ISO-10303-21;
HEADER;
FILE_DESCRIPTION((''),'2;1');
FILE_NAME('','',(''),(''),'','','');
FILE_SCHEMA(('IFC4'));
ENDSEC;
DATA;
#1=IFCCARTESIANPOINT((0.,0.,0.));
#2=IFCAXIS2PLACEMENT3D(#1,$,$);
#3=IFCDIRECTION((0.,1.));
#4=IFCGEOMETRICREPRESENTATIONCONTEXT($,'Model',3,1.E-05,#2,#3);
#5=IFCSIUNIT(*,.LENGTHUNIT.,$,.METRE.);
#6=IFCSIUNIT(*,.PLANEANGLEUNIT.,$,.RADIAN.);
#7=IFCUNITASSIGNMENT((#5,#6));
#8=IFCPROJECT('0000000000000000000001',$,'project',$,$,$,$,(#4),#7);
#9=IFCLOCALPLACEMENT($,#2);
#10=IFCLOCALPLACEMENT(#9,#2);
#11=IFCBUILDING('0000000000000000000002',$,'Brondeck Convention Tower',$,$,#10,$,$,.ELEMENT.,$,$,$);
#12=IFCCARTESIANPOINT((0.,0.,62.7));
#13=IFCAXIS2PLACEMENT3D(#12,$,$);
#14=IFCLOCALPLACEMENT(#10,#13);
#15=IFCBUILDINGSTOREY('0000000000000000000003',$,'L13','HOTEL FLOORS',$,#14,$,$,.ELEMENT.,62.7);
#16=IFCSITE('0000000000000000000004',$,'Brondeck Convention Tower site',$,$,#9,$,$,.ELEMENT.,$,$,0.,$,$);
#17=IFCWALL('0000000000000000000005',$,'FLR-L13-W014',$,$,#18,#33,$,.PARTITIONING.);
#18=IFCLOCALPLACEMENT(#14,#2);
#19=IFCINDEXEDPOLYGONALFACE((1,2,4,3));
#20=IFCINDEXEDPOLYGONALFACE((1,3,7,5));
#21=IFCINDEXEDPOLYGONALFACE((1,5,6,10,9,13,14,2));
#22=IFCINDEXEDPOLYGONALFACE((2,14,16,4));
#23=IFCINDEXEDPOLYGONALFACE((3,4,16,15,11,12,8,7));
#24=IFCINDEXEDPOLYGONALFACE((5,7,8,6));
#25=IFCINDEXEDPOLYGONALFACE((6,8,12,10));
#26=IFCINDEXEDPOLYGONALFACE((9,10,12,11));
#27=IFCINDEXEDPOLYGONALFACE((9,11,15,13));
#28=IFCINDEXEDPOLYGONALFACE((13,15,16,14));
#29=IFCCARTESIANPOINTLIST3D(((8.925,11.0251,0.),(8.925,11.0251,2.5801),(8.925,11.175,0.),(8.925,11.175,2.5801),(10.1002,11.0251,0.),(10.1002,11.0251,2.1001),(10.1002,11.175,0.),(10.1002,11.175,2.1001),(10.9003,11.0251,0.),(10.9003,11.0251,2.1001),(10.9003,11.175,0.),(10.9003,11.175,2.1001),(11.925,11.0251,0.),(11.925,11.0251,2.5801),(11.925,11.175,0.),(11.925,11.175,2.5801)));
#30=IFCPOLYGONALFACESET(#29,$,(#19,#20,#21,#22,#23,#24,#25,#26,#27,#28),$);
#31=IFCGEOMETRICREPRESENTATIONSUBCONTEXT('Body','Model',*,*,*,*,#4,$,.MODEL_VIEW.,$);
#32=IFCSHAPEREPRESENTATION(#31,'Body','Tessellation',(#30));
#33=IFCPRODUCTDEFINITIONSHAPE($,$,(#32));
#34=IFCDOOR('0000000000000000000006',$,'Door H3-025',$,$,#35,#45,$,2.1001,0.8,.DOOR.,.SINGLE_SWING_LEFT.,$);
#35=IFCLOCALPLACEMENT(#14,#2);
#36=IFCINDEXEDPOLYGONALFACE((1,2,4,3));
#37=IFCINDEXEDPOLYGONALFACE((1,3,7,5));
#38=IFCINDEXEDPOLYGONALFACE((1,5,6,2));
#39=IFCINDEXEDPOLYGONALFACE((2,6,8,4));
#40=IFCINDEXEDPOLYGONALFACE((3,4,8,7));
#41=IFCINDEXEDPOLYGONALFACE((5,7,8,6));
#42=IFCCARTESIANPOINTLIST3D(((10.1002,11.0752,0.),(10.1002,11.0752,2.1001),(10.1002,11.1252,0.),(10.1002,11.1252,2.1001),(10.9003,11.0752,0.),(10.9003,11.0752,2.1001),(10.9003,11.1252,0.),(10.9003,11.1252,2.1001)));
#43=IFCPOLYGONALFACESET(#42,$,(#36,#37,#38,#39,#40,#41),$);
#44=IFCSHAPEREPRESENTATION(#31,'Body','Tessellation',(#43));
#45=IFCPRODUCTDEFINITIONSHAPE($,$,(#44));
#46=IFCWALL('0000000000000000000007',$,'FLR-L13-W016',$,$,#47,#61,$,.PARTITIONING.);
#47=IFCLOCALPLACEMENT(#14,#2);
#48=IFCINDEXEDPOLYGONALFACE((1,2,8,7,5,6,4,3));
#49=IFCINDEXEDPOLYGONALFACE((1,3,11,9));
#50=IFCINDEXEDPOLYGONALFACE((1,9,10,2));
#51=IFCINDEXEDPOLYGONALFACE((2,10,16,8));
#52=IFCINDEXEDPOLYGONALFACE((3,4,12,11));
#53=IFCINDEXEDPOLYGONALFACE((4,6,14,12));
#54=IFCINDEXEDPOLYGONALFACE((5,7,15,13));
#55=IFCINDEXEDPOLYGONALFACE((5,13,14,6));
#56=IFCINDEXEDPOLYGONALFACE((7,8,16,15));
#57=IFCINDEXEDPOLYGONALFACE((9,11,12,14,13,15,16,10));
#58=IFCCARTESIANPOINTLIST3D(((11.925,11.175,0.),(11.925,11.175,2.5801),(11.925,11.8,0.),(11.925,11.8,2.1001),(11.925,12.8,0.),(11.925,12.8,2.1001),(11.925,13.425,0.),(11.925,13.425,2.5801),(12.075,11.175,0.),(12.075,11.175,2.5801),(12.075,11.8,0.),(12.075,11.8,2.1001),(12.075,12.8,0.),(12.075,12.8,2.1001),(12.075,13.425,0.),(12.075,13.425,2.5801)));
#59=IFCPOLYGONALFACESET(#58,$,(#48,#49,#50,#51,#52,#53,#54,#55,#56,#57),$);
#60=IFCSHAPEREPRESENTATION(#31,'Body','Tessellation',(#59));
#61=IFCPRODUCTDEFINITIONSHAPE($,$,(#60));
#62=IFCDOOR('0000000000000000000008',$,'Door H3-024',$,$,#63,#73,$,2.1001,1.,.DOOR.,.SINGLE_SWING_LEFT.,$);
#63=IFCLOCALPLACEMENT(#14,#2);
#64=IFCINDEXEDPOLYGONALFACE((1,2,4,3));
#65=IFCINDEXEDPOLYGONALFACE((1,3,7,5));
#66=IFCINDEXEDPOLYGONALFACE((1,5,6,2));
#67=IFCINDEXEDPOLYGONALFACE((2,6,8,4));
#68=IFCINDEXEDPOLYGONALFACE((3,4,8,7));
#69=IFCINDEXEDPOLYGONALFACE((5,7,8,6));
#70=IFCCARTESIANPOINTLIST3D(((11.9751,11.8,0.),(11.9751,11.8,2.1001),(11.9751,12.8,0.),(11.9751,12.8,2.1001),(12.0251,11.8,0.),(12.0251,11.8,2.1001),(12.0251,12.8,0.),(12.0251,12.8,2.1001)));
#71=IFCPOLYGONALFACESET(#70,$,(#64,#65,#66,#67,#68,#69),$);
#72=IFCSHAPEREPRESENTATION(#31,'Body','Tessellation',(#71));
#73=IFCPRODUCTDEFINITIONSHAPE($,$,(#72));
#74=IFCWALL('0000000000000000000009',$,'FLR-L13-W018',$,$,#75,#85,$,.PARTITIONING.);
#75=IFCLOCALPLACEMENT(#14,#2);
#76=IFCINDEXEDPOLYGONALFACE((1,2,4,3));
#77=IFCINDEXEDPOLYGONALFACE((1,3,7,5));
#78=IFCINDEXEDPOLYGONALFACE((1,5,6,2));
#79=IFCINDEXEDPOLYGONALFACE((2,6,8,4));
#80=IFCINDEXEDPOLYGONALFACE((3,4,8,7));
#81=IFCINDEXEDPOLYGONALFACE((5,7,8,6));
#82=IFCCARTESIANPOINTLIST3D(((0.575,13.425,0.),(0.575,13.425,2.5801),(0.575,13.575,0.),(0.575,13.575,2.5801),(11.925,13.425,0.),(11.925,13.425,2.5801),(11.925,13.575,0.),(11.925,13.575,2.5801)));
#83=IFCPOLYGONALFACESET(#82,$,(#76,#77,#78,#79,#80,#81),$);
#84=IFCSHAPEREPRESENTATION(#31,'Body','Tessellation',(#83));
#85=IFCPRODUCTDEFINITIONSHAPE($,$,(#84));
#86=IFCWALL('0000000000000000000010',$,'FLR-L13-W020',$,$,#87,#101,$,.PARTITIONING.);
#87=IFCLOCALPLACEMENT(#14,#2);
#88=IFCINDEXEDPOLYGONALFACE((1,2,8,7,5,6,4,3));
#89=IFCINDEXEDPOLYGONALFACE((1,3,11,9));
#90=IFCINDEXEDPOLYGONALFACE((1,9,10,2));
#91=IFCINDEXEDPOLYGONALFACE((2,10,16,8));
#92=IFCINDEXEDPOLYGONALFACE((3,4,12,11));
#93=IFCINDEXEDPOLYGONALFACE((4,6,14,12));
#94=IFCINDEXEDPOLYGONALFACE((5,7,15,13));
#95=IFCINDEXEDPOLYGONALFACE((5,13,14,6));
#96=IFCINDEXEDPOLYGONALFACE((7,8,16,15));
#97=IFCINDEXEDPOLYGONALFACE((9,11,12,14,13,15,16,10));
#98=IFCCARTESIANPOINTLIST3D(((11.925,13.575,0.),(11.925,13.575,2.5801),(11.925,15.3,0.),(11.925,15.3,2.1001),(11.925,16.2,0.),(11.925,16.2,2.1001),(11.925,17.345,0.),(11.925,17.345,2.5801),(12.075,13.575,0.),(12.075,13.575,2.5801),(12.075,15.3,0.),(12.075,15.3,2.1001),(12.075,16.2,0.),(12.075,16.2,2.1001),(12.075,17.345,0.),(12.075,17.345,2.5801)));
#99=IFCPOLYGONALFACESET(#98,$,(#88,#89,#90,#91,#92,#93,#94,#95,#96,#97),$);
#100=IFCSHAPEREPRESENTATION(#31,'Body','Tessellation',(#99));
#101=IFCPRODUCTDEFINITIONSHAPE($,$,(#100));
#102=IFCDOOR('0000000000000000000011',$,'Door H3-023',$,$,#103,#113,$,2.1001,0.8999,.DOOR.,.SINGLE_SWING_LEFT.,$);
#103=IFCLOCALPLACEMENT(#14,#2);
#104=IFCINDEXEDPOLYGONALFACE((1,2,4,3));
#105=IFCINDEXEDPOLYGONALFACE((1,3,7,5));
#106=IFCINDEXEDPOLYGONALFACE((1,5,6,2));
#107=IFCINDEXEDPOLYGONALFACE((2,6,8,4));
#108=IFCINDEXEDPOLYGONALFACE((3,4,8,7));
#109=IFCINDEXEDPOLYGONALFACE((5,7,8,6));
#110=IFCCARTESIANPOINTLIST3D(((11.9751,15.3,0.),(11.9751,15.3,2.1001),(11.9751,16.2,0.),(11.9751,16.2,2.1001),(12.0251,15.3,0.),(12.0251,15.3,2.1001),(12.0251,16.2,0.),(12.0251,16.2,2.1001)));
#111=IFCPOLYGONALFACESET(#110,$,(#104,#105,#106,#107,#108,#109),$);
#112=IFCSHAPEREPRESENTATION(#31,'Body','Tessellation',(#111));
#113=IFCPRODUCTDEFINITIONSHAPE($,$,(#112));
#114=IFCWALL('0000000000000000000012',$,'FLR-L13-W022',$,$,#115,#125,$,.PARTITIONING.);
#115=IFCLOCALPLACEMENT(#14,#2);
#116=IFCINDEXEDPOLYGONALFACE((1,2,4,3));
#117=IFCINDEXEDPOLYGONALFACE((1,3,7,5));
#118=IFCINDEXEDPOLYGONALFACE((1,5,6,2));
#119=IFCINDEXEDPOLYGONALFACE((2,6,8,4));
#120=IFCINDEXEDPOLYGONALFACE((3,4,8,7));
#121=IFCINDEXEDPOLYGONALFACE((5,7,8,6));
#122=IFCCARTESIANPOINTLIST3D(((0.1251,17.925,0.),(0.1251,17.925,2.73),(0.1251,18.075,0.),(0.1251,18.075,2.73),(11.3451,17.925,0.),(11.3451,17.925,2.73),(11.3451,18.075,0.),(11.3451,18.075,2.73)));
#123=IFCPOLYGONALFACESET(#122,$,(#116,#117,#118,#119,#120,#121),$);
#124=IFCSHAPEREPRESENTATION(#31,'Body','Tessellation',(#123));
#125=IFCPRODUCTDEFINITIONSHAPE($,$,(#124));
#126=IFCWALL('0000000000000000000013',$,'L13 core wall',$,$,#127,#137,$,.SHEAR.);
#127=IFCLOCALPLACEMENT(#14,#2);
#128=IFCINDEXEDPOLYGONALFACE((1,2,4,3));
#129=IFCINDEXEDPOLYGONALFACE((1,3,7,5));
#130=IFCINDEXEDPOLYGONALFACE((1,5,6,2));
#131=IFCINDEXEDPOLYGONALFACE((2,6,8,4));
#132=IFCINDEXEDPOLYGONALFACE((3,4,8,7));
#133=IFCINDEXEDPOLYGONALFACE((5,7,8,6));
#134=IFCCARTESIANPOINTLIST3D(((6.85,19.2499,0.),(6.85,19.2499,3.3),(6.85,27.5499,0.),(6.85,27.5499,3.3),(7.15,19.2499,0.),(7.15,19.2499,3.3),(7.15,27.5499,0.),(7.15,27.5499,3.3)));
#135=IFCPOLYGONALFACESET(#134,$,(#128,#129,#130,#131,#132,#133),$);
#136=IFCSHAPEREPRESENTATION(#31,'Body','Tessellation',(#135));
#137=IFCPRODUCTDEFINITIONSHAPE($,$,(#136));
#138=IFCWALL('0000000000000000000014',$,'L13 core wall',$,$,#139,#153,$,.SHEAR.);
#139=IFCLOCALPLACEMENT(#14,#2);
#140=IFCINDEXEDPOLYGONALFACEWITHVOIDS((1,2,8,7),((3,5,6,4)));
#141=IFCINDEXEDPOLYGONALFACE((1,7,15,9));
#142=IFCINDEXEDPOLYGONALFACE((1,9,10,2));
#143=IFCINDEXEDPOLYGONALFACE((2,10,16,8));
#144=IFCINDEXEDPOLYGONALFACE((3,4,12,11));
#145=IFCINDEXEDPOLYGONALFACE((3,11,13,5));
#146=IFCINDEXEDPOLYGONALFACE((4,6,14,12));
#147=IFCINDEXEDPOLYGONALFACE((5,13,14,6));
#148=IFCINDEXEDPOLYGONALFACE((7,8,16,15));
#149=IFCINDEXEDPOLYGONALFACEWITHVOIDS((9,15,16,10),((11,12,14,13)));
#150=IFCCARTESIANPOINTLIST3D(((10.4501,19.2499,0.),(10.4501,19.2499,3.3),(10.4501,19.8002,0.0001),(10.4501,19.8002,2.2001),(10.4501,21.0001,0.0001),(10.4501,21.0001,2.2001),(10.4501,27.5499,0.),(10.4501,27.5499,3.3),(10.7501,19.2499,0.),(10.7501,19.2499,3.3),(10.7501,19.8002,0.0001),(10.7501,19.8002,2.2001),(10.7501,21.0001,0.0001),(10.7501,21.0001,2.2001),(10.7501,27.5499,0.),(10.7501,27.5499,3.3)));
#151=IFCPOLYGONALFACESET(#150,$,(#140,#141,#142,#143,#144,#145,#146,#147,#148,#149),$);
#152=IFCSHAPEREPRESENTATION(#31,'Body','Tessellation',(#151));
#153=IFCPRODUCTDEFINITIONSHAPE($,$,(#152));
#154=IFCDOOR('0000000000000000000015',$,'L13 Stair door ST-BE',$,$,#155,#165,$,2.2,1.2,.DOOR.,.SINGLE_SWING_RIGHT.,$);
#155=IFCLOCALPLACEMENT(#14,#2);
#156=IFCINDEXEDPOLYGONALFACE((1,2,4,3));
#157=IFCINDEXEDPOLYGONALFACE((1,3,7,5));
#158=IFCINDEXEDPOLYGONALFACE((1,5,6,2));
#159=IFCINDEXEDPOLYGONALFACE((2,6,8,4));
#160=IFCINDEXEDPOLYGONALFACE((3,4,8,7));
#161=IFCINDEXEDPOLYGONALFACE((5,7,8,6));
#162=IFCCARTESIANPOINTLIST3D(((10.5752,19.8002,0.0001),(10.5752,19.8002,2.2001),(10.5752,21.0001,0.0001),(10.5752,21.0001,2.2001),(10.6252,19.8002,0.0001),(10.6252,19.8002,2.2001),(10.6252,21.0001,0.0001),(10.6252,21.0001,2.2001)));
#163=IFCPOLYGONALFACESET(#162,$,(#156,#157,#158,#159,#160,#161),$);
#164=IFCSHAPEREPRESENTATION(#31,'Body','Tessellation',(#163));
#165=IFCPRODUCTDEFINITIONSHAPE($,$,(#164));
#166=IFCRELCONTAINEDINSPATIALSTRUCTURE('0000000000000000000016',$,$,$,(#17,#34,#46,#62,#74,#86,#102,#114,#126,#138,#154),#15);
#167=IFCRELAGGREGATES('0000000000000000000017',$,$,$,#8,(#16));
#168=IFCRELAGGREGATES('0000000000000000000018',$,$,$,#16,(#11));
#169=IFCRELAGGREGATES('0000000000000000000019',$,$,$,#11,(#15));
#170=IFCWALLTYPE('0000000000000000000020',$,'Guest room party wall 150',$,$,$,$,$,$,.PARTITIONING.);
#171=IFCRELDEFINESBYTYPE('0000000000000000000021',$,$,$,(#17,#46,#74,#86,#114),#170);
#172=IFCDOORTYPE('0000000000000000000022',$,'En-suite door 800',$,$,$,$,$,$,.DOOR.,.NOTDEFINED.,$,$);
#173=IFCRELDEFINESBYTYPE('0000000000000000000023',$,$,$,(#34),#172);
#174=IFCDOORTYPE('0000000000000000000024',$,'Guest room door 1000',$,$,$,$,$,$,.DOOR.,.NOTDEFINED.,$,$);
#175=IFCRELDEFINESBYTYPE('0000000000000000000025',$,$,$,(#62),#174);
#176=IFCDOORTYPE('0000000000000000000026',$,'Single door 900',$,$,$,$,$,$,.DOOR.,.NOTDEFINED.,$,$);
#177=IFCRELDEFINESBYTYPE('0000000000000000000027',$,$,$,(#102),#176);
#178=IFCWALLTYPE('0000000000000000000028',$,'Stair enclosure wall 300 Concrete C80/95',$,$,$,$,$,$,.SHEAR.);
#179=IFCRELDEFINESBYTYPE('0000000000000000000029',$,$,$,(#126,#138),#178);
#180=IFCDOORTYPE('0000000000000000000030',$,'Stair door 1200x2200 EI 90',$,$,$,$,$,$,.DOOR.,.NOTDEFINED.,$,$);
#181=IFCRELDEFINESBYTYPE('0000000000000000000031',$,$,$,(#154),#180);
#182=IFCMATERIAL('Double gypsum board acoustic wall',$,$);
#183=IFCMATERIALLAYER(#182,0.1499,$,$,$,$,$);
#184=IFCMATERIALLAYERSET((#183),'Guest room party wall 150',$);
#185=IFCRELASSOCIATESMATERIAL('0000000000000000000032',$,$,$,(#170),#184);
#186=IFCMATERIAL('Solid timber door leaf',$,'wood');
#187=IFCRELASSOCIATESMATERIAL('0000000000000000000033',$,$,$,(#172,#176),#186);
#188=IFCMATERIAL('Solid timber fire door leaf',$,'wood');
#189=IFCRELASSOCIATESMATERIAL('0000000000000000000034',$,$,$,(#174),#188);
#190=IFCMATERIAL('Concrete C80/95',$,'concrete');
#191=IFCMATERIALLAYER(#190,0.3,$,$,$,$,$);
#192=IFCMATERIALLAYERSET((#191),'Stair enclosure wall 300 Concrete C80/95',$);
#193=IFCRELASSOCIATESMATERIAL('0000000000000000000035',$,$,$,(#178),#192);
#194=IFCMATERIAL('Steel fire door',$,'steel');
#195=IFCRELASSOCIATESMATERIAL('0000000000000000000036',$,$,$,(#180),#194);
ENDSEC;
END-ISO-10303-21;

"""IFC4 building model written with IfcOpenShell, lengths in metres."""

from ifc_helpers import new_model, si_unit, direction, frame, frame_2d, origin, place, context, subcontext, project, spatial, rectangle, extrude, material, layer, layer_set, type_object, element, fill, save


model = new_model("IFC4")

# Units and contexts
model_context = context("Model", 3, precision=1e-05, world=origin(), true_north=direction((0.0, 1.0)))
body_context = subcontext(model_context, "Body", "Model", "MODEL_VIEW")
ifc_project = project(units=[si_unit("LENGTHUNIT", "METRE"), si_unit("PLANEANGLEUNIT", "RADIAN")], contexts=[model_context])

# Site, building, storey
site_placement = place(None, origin())
site = spatial("IfcSite", under=ifc_project, at=site_placement, Name="Brondeck Convention Tower site", CompositionType="ELEMENT", RefElevation=0.0)
building_placement = place(site_placement, origin())
building = spatial("IfcBuilding", under=site, at=building_placement, Name="Brondeck Convention Tower", CompositionType="ELEMENT")
storey_placement = place(building_placement, frame((0.0, 0.0, 62.7)))
storey = spatial("IfcBuildingStorey", under=building, at=storey_placement, Name="L13", Description="HOTEL FLOORS", CompositionType="ELEMENT", Elevation=62.7)

# Shared definitions
ifc_material_1 = material(Name="Concrete C80/95", Category="concrete")

# Shared definitions
ifc_material_2 = material(Name="Double gypsum board acoustic wall")
ifc_layer_1 = layer(ifc_material_2, 0.1499)
ifc_layer_set_1 = layer_set([ifc_layer_1], Name="Guest room party wall 150")
wall_type_1 = type_object("IfcWallType", Name="Guest room party wall 150", PredefinedType="PARTITIONING", material=ifc_layer_set_1)

# Walls, openings, doors
wall_1_placement = place(storey_placement, frame((11.925, 11.1001, 0.0), z_axis=(0.0, 0.0, 1.0), x_axis=(-1.0, 0.0, 0.0)))
wall_1 = element("IfcWall", 1, at=wall_1_placement, inside=storey, type_object=wall_type_1, Name="FLR-L13-W014", PredefinedType="PARTITIONING", context=body_context, shape_type="SweptSolid", body=[
    extrude(rectangle(XDim=3.0, YDim=0.1499, at=frame_2d((1.5, 0.0))), origin(), (0.0, 0.0, 1.0), 2.5801),
])
opening_1_placement = place(wall_1_placement, frame((1.0249, 0.0, 0.0)))
opening_1 = element("IfcOpeningElement", 2, at=opening_1_placement, cuts=wall_1, PredefinedType="OPENING", context=body_context, shape_type="SweptSolid", body=[
    extrude(rectangle(XDim=0.8, YDim=2.1001, at=frame_2d((0.3999, 1.05))), frame((0.0, 0.085, 0.0), z_axis=(0.0, -1.0, 0.0), x_axis=(1.0, 0.0, 0.0)), (0.0, 0.0, 1.0), 0.1699),
])
ifc_material_3 = material(Name="Solid timber door leaf", Category="wood")
door_type_1 = type_object("IfcDoorType", Name="En-suite door 800", OperationType="NOTDEFINED", PredefinedType="DOOR", material=ifc_material_3)
door_1_placement = place(opening_1_placement, origin())
door_1 = element("IfcDoor", 3, at=door_1_placement, inside=storey, type_object=door_type_1, Name="Door H3-025", OperationType="SINGLE_SWING_LEFT", OverallHeight=2.1001, OverallWidth=0.8, PredefinedType="DOOR", context=body_context, shape_type="SweptSolid", body=[
    extrude(rectangle(XDim=0.8, YDim=2.1001, at=frame_2d((0.3999, 1.05))), frame((0.0, 0.0249, 0.0), z_axis=(0.0, -1.0, 0.0), x_axis=(1.0, 0.0, 0.0)), (0.0, 0.0, 1.0), 0.05),
])
fill(opening_1, door_1)
wall_2_placement = place(storey_placement, frame((12.0, 11.175, 0.0), z_axis=(0.0, 0.0, 1.0), x_axis=(0.0, 1.0, 0.0)))
wall_2 = element("IfcWall", 4, at=wall_2_placement, inside=storey, type_object=wall_type_1, Name="FLR-L13-W016", PredefinedType="PARTITIONING", context=body_context, shape_type="SweptSolid", body=[
    extrude(rectangle(XDim=2.25, YDim=0.1499, at=frame_2d((1.125, 0.0))), origin(), (0.0, 0.0, 1.0), 2.5801),
])
opening_2_placement = place(wall_2_placement, frame((0.625, 0.0, 0.0)))
opening_2 = element("IfcOpeningElement", 5, at=opening_2_placement, cuts=wall_2, PredefinedType="OPENING", context=body_context, shape_type="SweptSolid", body=[
    extrude(rectangle(XDim=1.0, YDim=2.1001, at=frame_2d((0.5, 1.05))), frame((0.0, 0.085, 0.0), z_axis=(0.0, -1.0, 0.0), x_axis=(1.0, 0.0, 0.0)), (0.0, 0.0, 1.0), 0.1699),
])
ifc_material_4 = material(Name="Solid timber fire door leaf", Category="wood")
door_type_2 = type_object("IfcDoorType", Name="Guest room door 1000", OperationType="NOTDEFINED", PredefinedType="DOOR", material=ifc_material_4)
door_2_placement = place(opening_2_placement, origin())
door_2 = element("IfcDoor", 6, at=door_2_placement, inside=storey, type_object=door_type_2, Name="Door H3-024", OperationType="SINGLE_SWING_LEFT", OverallHeight=2.1001, OverallWidth=1.0, PredefinedType="DOOR", context=body_context, shape_type="SweptSolid", body=[
    extrude(rectangle(XDim=1.0, YDim=2.1001, at=frame_2d((0.5, 1.05))), frame((0.0, 0.0249, 0.0), z_axis=(0.0, -1.0, 0.0), x_axis=(1.0, 0.0, 0.0)), (0.0, 0.0, 1.0), 0.05),
])
fill(opening_2, door_2)

# Wall
wall_3_placement = place(storey_placement, frame((11.925, 13.5, 0.0), z_axis=(0.0, 0.0, 1.0), x_axis=(-1.0, 0.0, 0.0)))
element("IfcWall", 7, at=wall_3_placement, inside=storey, type_object=wall_type_1, Name="FLR-L13-W018", PredefinedType="PARTITIONING", context=body_context, shape_type="SweptSolid", body=[
    extrude(rectangle(XDim=11.3501, YDim=0.1499, at=frame_2d((5.675, 0.0))), origin(), (0.0, 0.0, 1.0), 2.5801),
])

# Wall, opening, door
wall_4_placement = place(storey_placement, frame((12.0, 13.575, 0.0), z_axis=(0.0, 0.0, 1.0), x_axis=(0.0, 1.0, 0.0)))
wall_4 = element("IfcWall", 8, at=wall_4_placement, inside=storey, type_object=wall_type_1, Name="FLR-L13-W020", PredefinedType="PARTITIONING", context=body_context, shape_type="SweptSolid", body=[
    extrude(rectangle(XDim=3.77, YDim=0.1499, at=frame_2d((1.885, 0.0))), origin(), (0.0, 0.0, 1.0), 2.5801),
])
opening_3_placement = place(wall_4_placement, frame((1.7251, 0.0, 0.0)))
opening_3 = element("IfcOpeningElement", 9, at=opening_3_placement, cuts=wall_4, PredefinedType="OPENING", context=body_context, shape_type="SweptSolid", body=[
    extrude(rectangle(XDim=0.8999, YDim=2.1001, at=frame_2d((0.45, 1.05))), frame((0.0, 0.085, 0.0), z_axis=(0.0, -1.0, 0.0), x_axis=(1.0, 0.0, 0.0)), (0.0, 0.0, 1.0), 0.1699),
])
door_type_3 = type_object("IfcDoorType", Name="Single door 900", OperationType="NOTDEFINED", PredefinedType="DOOR", material=ifc_material_3)
door_3_placement = place(opening_3_placement, origin())
door_3 = element("IfcDoor", 10, at=door_3_placement, inside=storey, type_object=door_type_3, Name="Door H3-023", OperationType="SINGLE_SWING_LEFT", OverallHeight=2.1001, OverallWidth=0.8999, PredefinedType="DOOR", context=body_context, shape_type="SweptSolid", body=[
    extrude(rectangle(XDim=0.8999, YDim=2.1001, at=frame_2d((0.45, 1.05))), frame((0.0, 0.0249, 0.0), z_axis=(0.0, -1.0, 0.0), x_axis=(1.0, 0.0, 0.0)), (0.0, 0.0, 1.0), 0.05),
])
fill(opening_3, door_3)

# Walls
wall_5_placement = place(storey_placement, frame((11.345, 18.0, 0.0), z_axis=(0.0, 0.0, 1.0), x_axis=(-1.0, 0.0, 0.0)))
element("IfcWall", 11, at=wall_5_placement, inside=storey, type_object=wall_type_1, Name="FLR-L13-W022", PredefinedType="PARTITIONING", context=body_context, shape_type="SweptSolid", body=[
    extrude(rectangle(XDim=11.22, YDim=0.1499, at=frame_2d((5.6099, 0.0))), origin(), (0.0, 0.0, 1.0), 2.73),
])
ifc_layer_2 = layer(ifc_material_1, 0.3)
ifc_layer_set_2 = layer_set([ifc_layer_2], Name="Stair enclosure wall 300 Concrete C80/95")
wall_type_2 = type_object("IfcWallType", Name="Stair enclosure wall 300 Concrete C80/95", PredefinedType="SHEAR", material=ifc_layer_set_2)
wall_6_placement = place(storey_placement, frame((7.0, 19.25, 0.0), z_axis=(0.0, 0.0, 1.0), x_axis=(0.0, 1.0, 0.0)))
element("IfcWall", 12, at=wall_6_placement, inside=storey, type_object=wall_type_2, Name="L13 core wall", PredefinedType="SHEAR", context=body_context, shape_type="SweptSolid", body=[
    extrude(rectangle(XDim=8.3, YDim=0.3, at=frame_2d((4.1499, 0.0))), origin(), (0.0, 0.0, 1.0), 3.3),
])

# Wall, opening, door
wall_7_placement = place(storey_placement, frame((10.6001, 19.25, 0.0), z_axis=(0.0, 0.0, 1.0), x_axis=(0.0, 1.0, 0.0)))
wall_7 = element("IfcWall", 13, at=wall_7_placement, inside=storey, type_object=wall_type_2, Name="L13 core wall", PredefinedType="SHEAR", context=body_context, shape_type="SweptSolid", body=[
    extrude(rectangle(XDim=8.3, YDim=0.3, at=frame_2d((4.1499, 0.0))), origin(), (0.0, 0.0, 1.0), 3.3),
])
opening_4_placement = place(wall_7_placement, frame((0.55, 0.0, 0.0)))
opening_4 = element("IfcOpeningElement", 14, at=opening_4_placement, cuts=wall_7, PredefinedType="OPENING", context=body_context, shape_type="SweptSolid", body=[
    extrude(rectangle(XDim=1.2, YDim=2.2, at=frame_2d((0.6001, 1.1001))), frame((0.0, 0.1599, 0.0), z_axis=(0.0, -1.0, 0.0), x_axis=(1.0, 0.0, 0.0)), (0.0, 0.0, 1.0), 0.3201),
])
ifc_material_5 = material(Name="Steel fire door", Category="steel")
door_type_4 = type_object("IfcDoorType", Name="Stair door 1200x2200 EI 90", OperationType="NOTDEFINED", PredefinedType="DOOR", material=ifc_material_5)
door_4_placement = place(opening_4_placement, origin())
door_4 = element("IfcDoor", 15, at=door_4_placement, inside=storey, type_object=door_type_4, Name="L13 Stair door ST-BE", OperationType="SINGLE_SWING_RIGHT", OverallHeight=2.2, OverallWidth=1.2, PredefinedType="DOOR", context=body_context, shape_type="SweptSolid", body=[
    extrude(rectangle(XDim=1.2, YDim=2.2, at=frame_2d((0.6001, 1.1001))), frame((0.0, 0.0249, 0.0), z_axis=(0.0, -1.0, 0.0), x_axis=(1.0, 0.0, 0.0)), (0.0, 0.0, 1.0), 0.05),
])
fill(opening_4, door_4)

save(model, "model.ifc")
